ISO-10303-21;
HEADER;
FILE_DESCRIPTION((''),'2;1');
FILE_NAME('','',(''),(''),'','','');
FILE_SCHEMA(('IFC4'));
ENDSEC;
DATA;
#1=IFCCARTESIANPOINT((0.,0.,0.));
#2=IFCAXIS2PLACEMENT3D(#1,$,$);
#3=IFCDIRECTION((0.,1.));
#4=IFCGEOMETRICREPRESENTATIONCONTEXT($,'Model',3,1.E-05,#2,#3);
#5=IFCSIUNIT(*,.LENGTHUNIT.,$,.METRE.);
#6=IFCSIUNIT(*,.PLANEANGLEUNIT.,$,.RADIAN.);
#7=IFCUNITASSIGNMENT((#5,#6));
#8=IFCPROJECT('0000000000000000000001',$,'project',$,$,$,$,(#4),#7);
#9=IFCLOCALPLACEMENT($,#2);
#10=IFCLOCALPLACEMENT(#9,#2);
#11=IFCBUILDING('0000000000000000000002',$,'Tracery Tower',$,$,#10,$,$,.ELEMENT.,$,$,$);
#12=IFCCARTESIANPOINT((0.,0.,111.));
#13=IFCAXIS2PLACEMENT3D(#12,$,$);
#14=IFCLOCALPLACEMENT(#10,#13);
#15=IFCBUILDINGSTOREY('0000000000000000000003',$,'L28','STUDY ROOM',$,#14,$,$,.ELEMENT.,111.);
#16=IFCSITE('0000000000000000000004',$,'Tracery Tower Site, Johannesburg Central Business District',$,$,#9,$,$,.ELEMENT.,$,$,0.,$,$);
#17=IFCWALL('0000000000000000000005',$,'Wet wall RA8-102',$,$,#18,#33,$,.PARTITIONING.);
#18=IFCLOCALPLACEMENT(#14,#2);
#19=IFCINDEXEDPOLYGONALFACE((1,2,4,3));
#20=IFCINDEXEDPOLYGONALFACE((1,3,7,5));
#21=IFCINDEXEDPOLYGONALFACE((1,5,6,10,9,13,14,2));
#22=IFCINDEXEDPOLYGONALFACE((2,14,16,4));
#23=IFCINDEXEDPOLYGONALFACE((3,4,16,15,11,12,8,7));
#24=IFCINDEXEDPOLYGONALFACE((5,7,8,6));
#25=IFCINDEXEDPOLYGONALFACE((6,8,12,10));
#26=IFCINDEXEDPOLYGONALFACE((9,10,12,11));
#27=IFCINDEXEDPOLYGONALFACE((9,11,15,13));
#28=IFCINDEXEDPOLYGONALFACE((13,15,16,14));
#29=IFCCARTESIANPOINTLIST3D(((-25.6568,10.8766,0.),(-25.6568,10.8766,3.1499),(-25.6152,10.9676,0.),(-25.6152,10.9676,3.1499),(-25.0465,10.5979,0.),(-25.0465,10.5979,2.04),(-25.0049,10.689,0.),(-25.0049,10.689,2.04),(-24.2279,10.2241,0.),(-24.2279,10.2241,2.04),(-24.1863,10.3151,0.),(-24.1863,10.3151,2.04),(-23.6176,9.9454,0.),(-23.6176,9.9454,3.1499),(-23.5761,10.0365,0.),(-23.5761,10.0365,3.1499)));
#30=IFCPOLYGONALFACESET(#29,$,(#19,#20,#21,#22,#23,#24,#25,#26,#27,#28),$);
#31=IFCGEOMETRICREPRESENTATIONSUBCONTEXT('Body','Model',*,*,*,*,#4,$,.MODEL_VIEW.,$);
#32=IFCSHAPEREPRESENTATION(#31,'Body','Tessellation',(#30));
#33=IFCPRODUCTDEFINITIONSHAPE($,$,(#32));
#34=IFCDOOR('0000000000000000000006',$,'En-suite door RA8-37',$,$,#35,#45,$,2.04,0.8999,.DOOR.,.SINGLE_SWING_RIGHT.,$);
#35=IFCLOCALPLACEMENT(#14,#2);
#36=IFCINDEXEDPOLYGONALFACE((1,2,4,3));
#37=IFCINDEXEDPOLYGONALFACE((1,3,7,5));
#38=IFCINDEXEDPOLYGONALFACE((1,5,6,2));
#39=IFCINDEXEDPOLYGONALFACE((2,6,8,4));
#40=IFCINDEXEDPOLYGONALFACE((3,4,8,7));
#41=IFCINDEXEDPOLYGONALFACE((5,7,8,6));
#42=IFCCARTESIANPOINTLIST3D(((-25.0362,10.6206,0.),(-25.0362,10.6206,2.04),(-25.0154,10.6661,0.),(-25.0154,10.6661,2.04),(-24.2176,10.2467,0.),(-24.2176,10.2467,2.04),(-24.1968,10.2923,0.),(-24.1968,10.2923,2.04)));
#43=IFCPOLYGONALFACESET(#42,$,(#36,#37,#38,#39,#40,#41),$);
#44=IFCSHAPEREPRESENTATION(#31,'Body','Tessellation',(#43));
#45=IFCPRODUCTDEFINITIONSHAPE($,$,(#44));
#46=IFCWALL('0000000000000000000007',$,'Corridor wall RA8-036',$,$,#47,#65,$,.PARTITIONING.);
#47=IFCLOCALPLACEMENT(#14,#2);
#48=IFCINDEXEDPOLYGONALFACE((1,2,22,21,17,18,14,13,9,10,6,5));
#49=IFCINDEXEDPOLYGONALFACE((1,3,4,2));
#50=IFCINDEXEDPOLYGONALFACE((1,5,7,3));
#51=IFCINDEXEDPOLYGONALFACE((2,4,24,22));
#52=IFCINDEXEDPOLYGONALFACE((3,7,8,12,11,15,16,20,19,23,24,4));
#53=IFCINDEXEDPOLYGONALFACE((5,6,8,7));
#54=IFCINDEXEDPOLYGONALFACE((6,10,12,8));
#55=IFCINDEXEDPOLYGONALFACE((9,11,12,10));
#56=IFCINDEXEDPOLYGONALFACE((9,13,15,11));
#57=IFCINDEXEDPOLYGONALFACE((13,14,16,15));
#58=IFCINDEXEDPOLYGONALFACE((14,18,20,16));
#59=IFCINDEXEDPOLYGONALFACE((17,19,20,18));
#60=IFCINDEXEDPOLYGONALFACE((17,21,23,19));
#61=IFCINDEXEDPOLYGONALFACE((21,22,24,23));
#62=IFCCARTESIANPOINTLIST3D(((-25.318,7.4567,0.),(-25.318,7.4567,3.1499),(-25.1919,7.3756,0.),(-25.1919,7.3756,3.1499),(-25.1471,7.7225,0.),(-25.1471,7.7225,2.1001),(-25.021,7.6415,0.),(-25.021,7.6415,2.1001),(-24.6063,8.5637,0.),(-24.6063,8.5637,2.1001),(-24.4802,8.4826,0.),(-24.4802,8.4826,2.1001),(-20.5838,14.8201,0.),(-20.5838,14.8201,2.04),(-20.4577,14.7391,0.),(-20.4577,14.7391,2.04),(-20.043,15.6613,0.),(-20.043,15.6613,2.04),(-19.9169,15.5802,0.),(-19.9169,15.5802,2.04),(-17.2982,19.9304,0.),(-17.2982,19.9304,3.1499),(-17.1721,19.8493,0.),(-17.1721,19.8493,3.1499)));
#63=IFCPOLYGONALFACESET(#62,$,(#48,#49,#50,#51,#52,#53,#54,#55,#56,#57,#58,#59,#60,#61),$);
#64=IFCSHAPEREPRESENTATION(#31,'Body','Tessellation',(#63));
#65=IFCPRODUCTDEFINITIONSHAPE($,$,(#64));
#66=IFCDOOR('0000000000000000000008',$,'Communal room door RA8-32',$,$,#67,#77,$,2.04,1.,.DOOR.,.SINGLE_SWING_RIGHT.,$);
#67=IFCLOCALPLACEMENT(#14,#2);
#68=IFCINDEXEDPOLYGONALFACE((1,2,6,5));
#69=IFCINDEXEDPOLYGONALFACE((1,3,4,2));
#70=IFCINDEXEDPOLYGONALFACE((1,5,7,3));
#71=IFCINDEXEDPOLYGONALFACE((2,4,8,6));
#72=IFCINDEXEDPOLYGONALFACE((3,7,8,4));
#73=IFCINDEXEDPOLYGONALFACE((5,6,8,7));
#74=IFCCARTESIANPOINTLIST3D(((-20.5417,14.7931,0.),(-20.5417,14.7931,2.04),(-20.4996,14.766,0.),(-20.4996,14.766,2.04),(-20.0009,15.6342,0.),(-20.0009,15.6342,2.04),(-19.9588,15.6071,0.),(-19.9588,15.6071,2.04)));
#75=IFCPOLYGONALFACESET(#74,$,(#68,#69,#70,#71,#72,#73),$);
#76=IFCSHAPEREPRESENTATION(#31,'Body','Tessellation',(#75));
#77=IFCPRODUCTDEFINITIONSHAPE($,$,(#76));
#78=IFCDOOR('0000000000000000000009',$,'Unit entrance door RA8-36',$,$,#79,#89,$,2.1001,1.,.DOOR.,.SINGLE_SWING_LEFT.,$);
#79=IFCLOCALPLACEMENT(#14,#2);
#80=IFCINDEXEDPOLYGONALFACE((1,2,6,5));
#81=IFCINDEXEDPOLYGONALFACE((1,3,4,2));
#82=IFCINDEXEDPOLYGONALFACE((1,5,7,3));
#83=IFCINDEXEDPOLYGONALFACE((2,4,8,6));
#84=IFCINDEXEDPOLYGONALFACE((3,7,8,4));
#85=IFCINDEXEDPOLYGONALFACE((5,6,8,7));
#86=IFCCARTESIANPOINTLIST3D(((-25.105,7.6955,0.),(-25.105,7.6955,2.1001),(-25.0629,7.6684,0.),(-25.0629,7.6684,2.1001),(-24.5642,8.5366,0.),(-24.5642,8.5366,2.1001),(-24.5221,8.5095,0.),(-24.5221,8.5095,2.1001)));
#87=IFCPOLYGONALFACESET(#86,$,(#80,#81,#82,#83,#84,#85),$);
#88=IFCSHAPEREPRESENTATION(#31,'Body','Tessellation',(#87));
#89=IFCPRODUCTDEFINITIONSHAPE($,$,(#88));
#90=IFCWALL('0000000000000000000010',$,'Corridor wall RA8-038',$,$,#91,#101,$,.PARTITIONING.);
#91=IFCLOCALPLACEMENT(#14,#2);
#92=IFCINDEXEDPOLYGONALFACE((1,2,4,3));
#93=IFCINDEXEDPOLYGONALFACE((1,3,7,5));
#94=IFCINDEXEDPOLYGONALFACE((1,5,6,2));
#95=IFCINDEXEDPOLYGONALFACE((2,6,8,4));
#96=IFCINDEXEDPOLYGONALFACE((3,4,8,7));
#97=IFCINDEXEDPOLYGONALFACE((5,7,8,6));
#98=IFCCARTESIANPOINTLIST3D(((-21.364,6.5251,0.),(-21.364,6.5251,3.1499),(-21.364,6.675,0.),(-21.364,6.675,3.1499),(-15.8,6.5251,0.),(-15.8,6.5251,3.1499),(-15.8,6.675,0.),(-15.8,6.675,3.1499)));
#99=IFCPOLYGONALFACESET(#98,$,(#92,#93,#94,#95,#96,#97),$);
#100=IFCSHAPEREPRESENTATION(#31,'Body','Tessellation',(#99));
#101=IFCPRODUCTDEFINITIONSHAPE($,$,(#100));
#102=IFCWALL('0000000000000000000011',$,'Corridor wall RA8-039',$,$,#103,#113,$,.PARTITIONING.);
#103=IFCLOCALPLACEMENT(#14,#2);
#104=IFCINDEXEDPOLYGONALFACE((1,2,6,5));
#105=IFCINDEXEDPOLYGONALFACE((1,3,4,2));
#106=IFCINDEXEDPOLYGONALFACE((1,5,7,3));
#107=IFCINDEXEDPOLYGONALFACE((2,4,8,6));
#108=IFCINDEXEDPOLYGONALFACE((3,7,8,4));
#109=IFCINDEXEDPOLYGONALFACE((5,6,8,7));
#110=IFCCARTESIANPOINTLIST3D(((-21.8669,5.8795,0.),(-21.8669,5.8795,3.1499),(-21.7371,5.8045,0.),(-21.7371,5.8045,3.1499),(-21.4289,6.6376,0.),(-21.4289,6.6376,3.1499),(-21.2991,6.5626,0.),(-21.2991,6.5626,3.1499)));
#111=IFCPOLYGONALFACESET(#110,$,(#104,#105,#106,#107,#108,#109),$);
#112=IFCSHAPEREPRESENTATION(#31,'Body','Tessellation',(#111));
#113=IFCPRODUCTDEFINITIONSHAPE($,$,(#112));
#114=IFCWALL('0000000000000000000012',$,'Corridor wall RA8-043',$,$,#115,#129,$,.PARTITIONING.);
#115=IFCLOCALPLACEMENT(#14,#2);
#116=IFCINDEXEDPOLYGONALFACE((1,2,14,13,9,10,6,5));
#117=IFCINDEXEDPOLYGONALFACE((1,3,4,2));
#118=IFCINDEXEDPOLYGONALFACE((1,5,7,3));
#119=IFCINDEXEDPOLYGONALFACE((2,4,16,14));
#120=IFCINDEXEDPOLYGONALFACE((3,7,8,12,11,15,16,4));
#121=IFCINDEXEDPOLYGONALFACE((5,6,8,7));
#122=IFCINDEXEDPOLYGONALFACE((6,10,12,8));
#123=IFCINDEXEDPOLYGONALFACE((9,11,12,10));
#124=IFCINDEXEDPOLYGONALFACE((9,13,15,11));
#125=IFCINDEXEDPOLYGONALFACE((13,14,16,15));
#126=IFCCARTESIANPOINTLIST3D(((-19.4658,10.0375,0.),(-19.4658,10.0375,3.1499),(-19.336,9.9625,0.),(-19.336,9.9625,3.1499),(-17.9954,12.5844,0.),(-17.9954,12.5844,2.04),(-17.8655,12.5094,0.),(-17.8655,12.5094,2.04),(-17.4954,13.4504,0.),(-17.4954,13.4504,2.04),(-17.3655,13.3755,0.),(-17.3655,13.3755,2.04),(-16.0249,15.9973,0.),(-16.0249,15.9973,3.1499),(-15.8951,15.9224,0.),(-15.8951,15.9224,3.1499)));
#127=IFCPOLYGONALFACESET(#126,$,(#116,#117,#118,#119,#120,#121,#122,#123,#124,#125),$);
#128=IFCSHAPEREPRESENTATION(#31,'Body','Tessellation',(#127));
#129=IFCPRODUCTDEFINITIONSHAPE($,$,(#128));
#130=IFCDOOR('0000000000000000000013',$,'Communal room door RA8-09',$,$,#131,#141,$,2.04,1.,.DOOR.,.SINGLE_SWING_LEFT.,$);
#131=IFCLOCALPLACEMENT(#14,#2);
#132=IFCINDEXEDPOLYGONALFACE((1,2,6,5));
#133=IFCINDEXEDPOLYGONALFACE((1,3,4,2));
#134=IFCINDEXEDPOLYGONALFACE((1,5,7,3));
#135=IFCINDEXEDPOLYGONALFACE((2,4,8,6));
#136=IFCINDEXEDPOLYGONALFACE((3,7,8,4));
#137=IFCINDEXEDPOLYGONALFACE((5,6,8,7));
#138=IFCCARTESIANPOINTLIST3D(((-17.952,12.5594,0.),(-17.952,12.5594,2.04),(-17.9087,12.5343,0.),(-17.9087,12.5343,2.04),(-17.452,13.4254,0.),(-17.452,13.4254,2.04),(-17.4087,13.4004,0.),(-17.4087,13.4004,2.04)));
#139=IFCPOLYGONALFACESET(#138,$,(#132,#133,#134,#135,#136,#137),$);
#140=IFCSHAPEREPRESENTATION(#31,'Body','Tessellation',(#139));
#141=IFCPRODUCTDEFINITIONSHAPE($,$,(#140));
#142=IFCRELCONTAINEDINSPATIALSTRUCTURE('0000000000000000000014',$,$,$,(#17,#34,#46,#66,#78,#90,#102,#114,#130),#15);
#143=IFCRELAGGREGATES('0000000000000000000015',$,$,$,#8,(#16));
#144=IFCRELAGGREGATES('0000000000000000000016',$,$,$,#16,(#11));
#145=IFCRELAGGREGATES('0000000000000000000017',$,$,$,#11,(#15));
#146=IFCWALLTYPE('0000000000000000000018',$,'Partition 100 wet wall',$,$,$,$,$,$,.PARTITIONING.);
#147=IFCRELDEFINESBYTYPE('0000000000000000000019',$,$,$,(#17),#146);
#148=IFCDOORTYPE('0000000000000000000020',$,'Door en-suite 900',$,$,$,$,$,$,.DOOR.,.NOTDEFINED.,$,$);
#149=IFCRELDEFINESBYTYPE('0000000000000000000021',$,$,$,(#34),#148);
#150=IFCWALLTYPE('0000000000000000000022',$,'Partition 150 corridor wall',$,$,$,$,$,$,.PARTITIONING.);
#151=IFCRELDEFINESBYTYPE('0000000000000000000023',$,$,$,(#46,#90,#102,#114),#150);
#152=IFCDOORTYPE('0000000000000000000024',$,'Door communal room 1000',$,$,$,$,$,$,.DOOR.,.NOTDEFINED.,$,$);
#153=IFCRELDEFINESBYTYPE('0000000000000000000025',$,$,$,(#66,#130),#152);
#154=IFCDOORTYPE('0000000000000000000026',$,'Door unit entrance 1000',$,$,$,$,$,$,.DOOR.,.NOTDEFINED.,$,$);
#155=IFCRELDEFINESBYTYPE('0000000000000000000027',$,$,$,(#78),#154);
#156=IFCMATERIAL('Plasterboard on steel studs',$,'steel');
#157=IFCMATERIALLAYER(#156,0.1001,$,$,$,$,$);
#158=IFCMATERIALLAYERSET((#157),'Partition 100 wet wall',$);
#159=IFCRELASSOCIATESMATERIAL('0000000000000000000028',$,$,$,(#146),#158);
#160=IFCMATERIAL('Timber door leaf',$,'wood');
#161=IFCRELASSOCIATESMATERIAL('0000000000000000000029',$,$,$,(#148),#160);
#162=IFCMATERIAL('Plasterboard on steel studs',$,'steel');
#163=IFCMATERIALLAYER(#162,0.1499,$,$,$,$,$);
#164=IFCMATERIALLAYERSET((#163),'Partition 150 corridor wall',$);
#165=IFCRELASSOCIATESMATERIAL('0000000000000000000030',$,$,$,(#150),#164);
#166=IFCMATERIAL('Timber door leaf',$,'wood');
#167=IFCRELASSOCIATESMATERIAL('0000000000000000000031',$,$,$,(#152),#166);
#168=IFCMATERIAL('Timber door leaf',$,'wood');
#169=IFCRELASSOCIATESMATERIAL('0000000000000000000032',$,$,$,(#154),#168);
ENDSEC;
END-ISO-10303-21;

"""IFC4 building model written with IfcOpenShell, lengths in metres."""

from ifc_helpers import new_model, si_unit, direction, frame, frame_2d, origin, place, context, subcontext, project, spatial, rectangle, extrude, material, layer, layer_set, type_object, element, fill, save


model = new_model("IFC4")

# Units and contexts
model_context = context("Model", 3, precision=1e-05, world=origin(), true_north=direction((0.0, 1.0)))
body_context = subcontext(model_context, "Body", "Model", "MODEL_VIEW")
ifc_project = project(units=[si_unit("LENGTHUNIT", "METRE"), si_unit("PLANEANGLEUNIT", "RADIAN")], contexts=[model_context])

# Site, building, storey
site_placement = place(None, origin())
site = spatial("IfcSite", under=ifc_project, at=site_placement, Name="Tracery Tower Site, Johannesburg Central Business District", CompositionType="ELEMENT", RefElevation=0.0)
building_placement = place(site_placement, origin())
building = spatial("IfcBuilding", under=site, at=building_placement, Name="Tracery Tower", CompositionType="ELEMENT")
storey_placement = place(building_placement, frame((0.0, 0.0, 111.0)))
storey = spatial("IfcBuildingStorey", under=building, at=storey_placement, Name="L28", Description="STUDY ROOM", CompositionType="ELEMENT", Elevation=111.0)

# Shared definitions
ifc_material_1 = material(Name="Plasterboard on steel studs", Category="steel")
ifc_layer_1 = layer(ifc_material_1, 0.1001)
ifc_layer_set_1 = layer_set([ifc_layer_1], Name="Partition 100 wet wall")
wall_type_1 = type_object("IfcWallType", Name="Partition 100 wet wall", PredefinedType="PARTITIONING", material=ifc_layer_set_1)

# Wall, opening, door
wall_1_placement = place(storey_placement, frame((-25.636, 10.9221, 0.0), z_axis=(0.0, 0.0, 1.0), x_axis=(0.909641, -0.415394, 0.0)))
wall_1 = element("IfcWall", 1, at=wall_1_placement, inside=storey, type_object=wall_type_1, Name="Wet wall RA8-102", PredefinedType="PARTITIONING", context=body_context, shape_type="SweptSolid", body=[
    extrude(rectangle(XDim=2.2417, YDim=0.1001, at=frame_2d((1.1208, 0.0))), origin(), (0.0, 0.0, 1.0), 3.1499),
])
opening_1_placement = place(wall_1_placement, frame((0.6709, 0.0, 0.0)))
opening_1 = element("IfcOpeningElement", 2, at=opening_1_placement, cuts=wall_1, PredefinedType="OPENING", context=body_context, shape_type="SweptSolid", body=[
    extrude(rectangle(XDim=0.8999, YDim=2.04, at=frame_2d((0.45, 1.02))), frame((0.0, 0.05, 0.0), z_axis=(0.0, -1.0, 0.0), x_axis=(1.0, 0.0, 0.0)), (0.0, 0.0, 1.0), 0.1001),
])
ifc_material_2 = material(Name="Timber door leaf", Category="wood")
door_type_1 = type_object("IfcDoorType", Name="Door en-suite 900", OperationType="NOTDEFINED", PredefinedType="DOOR", material=ifc_material_2)
door_1_placement = place(opening_1_placement, origin())
door_1 = element("IfcDoor", 3, at=door_1_placement, inside=storey, type_object=door_type_1, Name="En-suite door RA8-37", OperationType="SINGLE_SWING_RIGHT", OverallHeight=2.04, OverallWidth=0.8999, PredefinedType="DOOR", context=body_context, shape_type="SweptSolid", body=[
    extrude(rectangle(XDim=0.8999, YDim=2.04, at=frame_2d((0.45, 1.02))), frame((0.0, 0.0249, 0.0), z_axis=(0.0, -1.0, 0.0), x_axis=(1.0, 0.0, 0.0)), (0.0, 0.0, 1.0), 0.05),
])
fill(opening_1, door_1)

# Wall, openings, doors
ifc_material_3 = material(Name="Plasterboard on steel studs", Category="steel")
ifc_layer_2 = layer(ifc_material_3, 0.1499)
ifc_layer_set_2 = layer_set([ifc_layer_2], Name="Partition 150 corridor wall")
wall_type_2 = type_object("IfcWallType", Name="Partition 150 corridor wall", PredefinedType="PARTITIONING", material=ifc_layer_set_2)
wall_2_placement = place(storey_placement, frame((-25.2549, 7.4163, 0.0), z_axis=(0.0, 0.0, 1.0), x_axis=(0.540806, 0.841147, 0.0)))
wall_2 = element("IfcWall", 4, at=wall_2_placement, inside=storey, type_object=wall_type_2, Name="Corridor wall RA8-036", PredefinedType="PARTITIONING", context=body_context, shape_type="SweptSolid", body=[
    extrude(rectangle(XDim=14.8293, YDim=0.1499, at=frame_2d((7.4146, 0.0))), origin(), (0.0, 0.0, 1.0), 3.1499),
])
opening_2_placement = place(wall_2_placement, frame((8.7539, 0.0, 0.0)))
opening_2 = element("IfcOpeningElement", 5, at=opening_2_placement, cuts=wall_2, PredefinedType="OPENING", context=body_context, shape_type="SweptSolid", body=[
    extrude(rectangle(XDim=1.0, YDim=2.04, at=frame_2d((0.5, 1.02))), frame((0.0, 0.075, 0.0), z_axis=(0.0, -1.0, 0.0), x_axis=(1.0, 0.0, 0.0)), (0.0, 0.0, 1.0), 0.1499),
])
opening_3_placement = place(wall_2_placement, frame((0.3159, 0.0, 0.0)))
opening_3 = element("IfcOpeningElement", 6, at=opening_3_placement, cuts=wall_2, PredefinedType="OPENING", context=body_context, shape_type="SweptSolid", body=[
    extrude(rectangle(XDim=1.0, YDim=2.1001, at=frame_2d((0.5, 1.05))), frame((0.0, 0.075, 0.0), z_axis=(0.0, -1.0, 0.0), x_axis=(1.0, 0.0, 0.0)), (0.0, 0.0, 1.0), 0.1499),
])
ifc_material_4 = material(Name="Timber door leaf", Category="wood")
door_type_2 = type_object("IfcDoorType", Name="Door communal room 1000", OperationType="NOTDEFINED", PredefinedType="DOOR", material=ifc_material_4)
door_2_placement = place(opening_2_placement, origin())
door_2 = element("IfcDoor", 7, at=door_2_placement, inside=storey, type_object=door_type_2, Name="Communal room door RA8-32", OperationType="SINGLE_SWING_RIGHT", OverallHeight=2.04, OverallWidth=1.0, PredefinedType="DOOR", context=body_context, shape_type="SweptSolid", body=[
    extrude(rectangle(XDim=1.0, YDim=2.04, at=frame_2d((0.5, 1.02))), frame((0.0, 0.0249, 0.0), z_axis=(0.0, -1.0, 0.0), x_axis=(1.0, 0.0, 0.0)), (0.0, 0.0, 1.0), 0.05),
])
fill(opening_2, door_2)
ifc_material_5 = material(Name="Timber door leaf", Category="wood")
door_type_3 = type_object("IfcDoorType", Name="Door unit entrance 1000", OperationType="NOTDEFINED", PredefinedType="DOOR", material=ifc_material_5)
door_3_placement = place(opening_3_placement, origin())
door_3 = element("IfcDoor", 8, at=door_3_placement, inside=storey, type_object=door_type_3, Name="Unit entrance door RA8-36", OperationType="SINGLE_SWING_LEFT", OverallHeight=2.1001, OverallWidth=1.0, PredefinedType="DOOR", context=body_context, shape_type="SweptSolid", body=[
    extrude(rectangle(XDim=1.0, YDim=2.1001, at=frame_2d((0.5, 1.05))), frame((0.0, 0.0249, 0.0), z_axis=(0.0, -1.0, 0.0), x_axis=(1.0, 0.0, 0.0)), (0.0, 0.0, 1.0), 0.05),
])
fill(opening_3, door_3)

# Walls
wall_3_placement = place(storey_placement, frame((-21.364, 6.6001, 0.0), z_axis=(0.0, 0.0, 1.0), x_axis=(1.0, 0.0, 0.0)))
element("IfcWall", 9, at=wall_3_placement, inside=storey, type_object=wall_type_2, Name="Corridor wall RA8-038", PredefinedType="PARTITIONING", context=body_context, shape_type="SweptSolid", body=[
    extrude(rectangle(XDim=5.564, YDim=0.1499, at=frame_2d((2.782, 0.0))), origin(), (0.0, 0.0, 1.0), 3.1499),
])
wall_4_placement = place(storey_placement, frame((-21.802, 5.842, 0.0), z_axis=(0.0, 0.0, 1.0), x_axis=(0.500278, 0.865865, 0.0)))
element("IfcWall", 10, at=wall_4_placement, inside=storey, type_object=wall_type_2, Name="Corridor wall RA8-039", PredefinedType="PARTITIONING", context=body_context, shape_type="SweptSolid", body=[
    extrude(rectangle(XDim=0.8755, YDim=0.1499, at=frame_2d((0.4377, 0.0))), origin(), (0.0, 0.0, 1.0), 3.1499),
])

# Wall, opening, door
wall_5_placement = place(storey_placement, frame((-19.4009, 10.0, 0.0), z_axis=(0.0, 0.0, 1.0), x_axis=(0.499993, 0.86603, 0.0)))
wall_5 = element("IfcWall", 11, at=wall_5_placement, inside=storey, type_object=wall_type_2, Name="Corridor wall RA8-043", PredefinedType="PARTITIONING", context=body_context, shape_type="SweptSolid", body=[
    extrude(rectangle(XDim=6.8818, YDim=0.1499, at=frame_2d((3.4409, 0.0))), origin(), (0.0, 0.0, 1.0), 3.1499),
])
opening_4_placement = place(wall_5_placement, frame((2.9409, 0.0, 0.0)))
opening_4 = element("IfcOpeningElement", 12, at=opening_4_placement, cuts=wall_5, PredefinedType="OPENING", context=body_context, shape_type="SweptSolid", body=[
    extrude(rectangle(XDim=1.0, YDim=2.04, at=frame_2d((0.5, 1.02))), frame((0.0, 0.075, 0.0), z_axis=(0.0, -1.0, 0.0), x_axis=(1.0, 0.0, 0.0)), (0.0, 0.0, 1.0), 0.1499),
])
door_4_placement = place(opening_4_placement, origin())
door_4 = element("IfcDoor", 13, at=door_4_placement, inside=storey, type_object=door_type_2, Name="Communal room door RA8-09", OperationType="SINGLE_SWING_LEFT", OverallHeight=2.04, OverallWidth=1.0, PredefinedType="DOOR", context=body_context, shape_type="SweptSolid", body=[
    extrude(rectangle(XDim=1.0, YDim=2.04, at=frame_2d((0.5, 1.02))), frame((0.0, 0.0249, 0.0), z_axis=(0.0, -1.0, 0.0), x_axis=(1.0, 0.0, 0.0)), (0.0, 0.0, 1.0), 0.05),
])
fill(opening_4, door_4)

save(model, "model.ifc")
